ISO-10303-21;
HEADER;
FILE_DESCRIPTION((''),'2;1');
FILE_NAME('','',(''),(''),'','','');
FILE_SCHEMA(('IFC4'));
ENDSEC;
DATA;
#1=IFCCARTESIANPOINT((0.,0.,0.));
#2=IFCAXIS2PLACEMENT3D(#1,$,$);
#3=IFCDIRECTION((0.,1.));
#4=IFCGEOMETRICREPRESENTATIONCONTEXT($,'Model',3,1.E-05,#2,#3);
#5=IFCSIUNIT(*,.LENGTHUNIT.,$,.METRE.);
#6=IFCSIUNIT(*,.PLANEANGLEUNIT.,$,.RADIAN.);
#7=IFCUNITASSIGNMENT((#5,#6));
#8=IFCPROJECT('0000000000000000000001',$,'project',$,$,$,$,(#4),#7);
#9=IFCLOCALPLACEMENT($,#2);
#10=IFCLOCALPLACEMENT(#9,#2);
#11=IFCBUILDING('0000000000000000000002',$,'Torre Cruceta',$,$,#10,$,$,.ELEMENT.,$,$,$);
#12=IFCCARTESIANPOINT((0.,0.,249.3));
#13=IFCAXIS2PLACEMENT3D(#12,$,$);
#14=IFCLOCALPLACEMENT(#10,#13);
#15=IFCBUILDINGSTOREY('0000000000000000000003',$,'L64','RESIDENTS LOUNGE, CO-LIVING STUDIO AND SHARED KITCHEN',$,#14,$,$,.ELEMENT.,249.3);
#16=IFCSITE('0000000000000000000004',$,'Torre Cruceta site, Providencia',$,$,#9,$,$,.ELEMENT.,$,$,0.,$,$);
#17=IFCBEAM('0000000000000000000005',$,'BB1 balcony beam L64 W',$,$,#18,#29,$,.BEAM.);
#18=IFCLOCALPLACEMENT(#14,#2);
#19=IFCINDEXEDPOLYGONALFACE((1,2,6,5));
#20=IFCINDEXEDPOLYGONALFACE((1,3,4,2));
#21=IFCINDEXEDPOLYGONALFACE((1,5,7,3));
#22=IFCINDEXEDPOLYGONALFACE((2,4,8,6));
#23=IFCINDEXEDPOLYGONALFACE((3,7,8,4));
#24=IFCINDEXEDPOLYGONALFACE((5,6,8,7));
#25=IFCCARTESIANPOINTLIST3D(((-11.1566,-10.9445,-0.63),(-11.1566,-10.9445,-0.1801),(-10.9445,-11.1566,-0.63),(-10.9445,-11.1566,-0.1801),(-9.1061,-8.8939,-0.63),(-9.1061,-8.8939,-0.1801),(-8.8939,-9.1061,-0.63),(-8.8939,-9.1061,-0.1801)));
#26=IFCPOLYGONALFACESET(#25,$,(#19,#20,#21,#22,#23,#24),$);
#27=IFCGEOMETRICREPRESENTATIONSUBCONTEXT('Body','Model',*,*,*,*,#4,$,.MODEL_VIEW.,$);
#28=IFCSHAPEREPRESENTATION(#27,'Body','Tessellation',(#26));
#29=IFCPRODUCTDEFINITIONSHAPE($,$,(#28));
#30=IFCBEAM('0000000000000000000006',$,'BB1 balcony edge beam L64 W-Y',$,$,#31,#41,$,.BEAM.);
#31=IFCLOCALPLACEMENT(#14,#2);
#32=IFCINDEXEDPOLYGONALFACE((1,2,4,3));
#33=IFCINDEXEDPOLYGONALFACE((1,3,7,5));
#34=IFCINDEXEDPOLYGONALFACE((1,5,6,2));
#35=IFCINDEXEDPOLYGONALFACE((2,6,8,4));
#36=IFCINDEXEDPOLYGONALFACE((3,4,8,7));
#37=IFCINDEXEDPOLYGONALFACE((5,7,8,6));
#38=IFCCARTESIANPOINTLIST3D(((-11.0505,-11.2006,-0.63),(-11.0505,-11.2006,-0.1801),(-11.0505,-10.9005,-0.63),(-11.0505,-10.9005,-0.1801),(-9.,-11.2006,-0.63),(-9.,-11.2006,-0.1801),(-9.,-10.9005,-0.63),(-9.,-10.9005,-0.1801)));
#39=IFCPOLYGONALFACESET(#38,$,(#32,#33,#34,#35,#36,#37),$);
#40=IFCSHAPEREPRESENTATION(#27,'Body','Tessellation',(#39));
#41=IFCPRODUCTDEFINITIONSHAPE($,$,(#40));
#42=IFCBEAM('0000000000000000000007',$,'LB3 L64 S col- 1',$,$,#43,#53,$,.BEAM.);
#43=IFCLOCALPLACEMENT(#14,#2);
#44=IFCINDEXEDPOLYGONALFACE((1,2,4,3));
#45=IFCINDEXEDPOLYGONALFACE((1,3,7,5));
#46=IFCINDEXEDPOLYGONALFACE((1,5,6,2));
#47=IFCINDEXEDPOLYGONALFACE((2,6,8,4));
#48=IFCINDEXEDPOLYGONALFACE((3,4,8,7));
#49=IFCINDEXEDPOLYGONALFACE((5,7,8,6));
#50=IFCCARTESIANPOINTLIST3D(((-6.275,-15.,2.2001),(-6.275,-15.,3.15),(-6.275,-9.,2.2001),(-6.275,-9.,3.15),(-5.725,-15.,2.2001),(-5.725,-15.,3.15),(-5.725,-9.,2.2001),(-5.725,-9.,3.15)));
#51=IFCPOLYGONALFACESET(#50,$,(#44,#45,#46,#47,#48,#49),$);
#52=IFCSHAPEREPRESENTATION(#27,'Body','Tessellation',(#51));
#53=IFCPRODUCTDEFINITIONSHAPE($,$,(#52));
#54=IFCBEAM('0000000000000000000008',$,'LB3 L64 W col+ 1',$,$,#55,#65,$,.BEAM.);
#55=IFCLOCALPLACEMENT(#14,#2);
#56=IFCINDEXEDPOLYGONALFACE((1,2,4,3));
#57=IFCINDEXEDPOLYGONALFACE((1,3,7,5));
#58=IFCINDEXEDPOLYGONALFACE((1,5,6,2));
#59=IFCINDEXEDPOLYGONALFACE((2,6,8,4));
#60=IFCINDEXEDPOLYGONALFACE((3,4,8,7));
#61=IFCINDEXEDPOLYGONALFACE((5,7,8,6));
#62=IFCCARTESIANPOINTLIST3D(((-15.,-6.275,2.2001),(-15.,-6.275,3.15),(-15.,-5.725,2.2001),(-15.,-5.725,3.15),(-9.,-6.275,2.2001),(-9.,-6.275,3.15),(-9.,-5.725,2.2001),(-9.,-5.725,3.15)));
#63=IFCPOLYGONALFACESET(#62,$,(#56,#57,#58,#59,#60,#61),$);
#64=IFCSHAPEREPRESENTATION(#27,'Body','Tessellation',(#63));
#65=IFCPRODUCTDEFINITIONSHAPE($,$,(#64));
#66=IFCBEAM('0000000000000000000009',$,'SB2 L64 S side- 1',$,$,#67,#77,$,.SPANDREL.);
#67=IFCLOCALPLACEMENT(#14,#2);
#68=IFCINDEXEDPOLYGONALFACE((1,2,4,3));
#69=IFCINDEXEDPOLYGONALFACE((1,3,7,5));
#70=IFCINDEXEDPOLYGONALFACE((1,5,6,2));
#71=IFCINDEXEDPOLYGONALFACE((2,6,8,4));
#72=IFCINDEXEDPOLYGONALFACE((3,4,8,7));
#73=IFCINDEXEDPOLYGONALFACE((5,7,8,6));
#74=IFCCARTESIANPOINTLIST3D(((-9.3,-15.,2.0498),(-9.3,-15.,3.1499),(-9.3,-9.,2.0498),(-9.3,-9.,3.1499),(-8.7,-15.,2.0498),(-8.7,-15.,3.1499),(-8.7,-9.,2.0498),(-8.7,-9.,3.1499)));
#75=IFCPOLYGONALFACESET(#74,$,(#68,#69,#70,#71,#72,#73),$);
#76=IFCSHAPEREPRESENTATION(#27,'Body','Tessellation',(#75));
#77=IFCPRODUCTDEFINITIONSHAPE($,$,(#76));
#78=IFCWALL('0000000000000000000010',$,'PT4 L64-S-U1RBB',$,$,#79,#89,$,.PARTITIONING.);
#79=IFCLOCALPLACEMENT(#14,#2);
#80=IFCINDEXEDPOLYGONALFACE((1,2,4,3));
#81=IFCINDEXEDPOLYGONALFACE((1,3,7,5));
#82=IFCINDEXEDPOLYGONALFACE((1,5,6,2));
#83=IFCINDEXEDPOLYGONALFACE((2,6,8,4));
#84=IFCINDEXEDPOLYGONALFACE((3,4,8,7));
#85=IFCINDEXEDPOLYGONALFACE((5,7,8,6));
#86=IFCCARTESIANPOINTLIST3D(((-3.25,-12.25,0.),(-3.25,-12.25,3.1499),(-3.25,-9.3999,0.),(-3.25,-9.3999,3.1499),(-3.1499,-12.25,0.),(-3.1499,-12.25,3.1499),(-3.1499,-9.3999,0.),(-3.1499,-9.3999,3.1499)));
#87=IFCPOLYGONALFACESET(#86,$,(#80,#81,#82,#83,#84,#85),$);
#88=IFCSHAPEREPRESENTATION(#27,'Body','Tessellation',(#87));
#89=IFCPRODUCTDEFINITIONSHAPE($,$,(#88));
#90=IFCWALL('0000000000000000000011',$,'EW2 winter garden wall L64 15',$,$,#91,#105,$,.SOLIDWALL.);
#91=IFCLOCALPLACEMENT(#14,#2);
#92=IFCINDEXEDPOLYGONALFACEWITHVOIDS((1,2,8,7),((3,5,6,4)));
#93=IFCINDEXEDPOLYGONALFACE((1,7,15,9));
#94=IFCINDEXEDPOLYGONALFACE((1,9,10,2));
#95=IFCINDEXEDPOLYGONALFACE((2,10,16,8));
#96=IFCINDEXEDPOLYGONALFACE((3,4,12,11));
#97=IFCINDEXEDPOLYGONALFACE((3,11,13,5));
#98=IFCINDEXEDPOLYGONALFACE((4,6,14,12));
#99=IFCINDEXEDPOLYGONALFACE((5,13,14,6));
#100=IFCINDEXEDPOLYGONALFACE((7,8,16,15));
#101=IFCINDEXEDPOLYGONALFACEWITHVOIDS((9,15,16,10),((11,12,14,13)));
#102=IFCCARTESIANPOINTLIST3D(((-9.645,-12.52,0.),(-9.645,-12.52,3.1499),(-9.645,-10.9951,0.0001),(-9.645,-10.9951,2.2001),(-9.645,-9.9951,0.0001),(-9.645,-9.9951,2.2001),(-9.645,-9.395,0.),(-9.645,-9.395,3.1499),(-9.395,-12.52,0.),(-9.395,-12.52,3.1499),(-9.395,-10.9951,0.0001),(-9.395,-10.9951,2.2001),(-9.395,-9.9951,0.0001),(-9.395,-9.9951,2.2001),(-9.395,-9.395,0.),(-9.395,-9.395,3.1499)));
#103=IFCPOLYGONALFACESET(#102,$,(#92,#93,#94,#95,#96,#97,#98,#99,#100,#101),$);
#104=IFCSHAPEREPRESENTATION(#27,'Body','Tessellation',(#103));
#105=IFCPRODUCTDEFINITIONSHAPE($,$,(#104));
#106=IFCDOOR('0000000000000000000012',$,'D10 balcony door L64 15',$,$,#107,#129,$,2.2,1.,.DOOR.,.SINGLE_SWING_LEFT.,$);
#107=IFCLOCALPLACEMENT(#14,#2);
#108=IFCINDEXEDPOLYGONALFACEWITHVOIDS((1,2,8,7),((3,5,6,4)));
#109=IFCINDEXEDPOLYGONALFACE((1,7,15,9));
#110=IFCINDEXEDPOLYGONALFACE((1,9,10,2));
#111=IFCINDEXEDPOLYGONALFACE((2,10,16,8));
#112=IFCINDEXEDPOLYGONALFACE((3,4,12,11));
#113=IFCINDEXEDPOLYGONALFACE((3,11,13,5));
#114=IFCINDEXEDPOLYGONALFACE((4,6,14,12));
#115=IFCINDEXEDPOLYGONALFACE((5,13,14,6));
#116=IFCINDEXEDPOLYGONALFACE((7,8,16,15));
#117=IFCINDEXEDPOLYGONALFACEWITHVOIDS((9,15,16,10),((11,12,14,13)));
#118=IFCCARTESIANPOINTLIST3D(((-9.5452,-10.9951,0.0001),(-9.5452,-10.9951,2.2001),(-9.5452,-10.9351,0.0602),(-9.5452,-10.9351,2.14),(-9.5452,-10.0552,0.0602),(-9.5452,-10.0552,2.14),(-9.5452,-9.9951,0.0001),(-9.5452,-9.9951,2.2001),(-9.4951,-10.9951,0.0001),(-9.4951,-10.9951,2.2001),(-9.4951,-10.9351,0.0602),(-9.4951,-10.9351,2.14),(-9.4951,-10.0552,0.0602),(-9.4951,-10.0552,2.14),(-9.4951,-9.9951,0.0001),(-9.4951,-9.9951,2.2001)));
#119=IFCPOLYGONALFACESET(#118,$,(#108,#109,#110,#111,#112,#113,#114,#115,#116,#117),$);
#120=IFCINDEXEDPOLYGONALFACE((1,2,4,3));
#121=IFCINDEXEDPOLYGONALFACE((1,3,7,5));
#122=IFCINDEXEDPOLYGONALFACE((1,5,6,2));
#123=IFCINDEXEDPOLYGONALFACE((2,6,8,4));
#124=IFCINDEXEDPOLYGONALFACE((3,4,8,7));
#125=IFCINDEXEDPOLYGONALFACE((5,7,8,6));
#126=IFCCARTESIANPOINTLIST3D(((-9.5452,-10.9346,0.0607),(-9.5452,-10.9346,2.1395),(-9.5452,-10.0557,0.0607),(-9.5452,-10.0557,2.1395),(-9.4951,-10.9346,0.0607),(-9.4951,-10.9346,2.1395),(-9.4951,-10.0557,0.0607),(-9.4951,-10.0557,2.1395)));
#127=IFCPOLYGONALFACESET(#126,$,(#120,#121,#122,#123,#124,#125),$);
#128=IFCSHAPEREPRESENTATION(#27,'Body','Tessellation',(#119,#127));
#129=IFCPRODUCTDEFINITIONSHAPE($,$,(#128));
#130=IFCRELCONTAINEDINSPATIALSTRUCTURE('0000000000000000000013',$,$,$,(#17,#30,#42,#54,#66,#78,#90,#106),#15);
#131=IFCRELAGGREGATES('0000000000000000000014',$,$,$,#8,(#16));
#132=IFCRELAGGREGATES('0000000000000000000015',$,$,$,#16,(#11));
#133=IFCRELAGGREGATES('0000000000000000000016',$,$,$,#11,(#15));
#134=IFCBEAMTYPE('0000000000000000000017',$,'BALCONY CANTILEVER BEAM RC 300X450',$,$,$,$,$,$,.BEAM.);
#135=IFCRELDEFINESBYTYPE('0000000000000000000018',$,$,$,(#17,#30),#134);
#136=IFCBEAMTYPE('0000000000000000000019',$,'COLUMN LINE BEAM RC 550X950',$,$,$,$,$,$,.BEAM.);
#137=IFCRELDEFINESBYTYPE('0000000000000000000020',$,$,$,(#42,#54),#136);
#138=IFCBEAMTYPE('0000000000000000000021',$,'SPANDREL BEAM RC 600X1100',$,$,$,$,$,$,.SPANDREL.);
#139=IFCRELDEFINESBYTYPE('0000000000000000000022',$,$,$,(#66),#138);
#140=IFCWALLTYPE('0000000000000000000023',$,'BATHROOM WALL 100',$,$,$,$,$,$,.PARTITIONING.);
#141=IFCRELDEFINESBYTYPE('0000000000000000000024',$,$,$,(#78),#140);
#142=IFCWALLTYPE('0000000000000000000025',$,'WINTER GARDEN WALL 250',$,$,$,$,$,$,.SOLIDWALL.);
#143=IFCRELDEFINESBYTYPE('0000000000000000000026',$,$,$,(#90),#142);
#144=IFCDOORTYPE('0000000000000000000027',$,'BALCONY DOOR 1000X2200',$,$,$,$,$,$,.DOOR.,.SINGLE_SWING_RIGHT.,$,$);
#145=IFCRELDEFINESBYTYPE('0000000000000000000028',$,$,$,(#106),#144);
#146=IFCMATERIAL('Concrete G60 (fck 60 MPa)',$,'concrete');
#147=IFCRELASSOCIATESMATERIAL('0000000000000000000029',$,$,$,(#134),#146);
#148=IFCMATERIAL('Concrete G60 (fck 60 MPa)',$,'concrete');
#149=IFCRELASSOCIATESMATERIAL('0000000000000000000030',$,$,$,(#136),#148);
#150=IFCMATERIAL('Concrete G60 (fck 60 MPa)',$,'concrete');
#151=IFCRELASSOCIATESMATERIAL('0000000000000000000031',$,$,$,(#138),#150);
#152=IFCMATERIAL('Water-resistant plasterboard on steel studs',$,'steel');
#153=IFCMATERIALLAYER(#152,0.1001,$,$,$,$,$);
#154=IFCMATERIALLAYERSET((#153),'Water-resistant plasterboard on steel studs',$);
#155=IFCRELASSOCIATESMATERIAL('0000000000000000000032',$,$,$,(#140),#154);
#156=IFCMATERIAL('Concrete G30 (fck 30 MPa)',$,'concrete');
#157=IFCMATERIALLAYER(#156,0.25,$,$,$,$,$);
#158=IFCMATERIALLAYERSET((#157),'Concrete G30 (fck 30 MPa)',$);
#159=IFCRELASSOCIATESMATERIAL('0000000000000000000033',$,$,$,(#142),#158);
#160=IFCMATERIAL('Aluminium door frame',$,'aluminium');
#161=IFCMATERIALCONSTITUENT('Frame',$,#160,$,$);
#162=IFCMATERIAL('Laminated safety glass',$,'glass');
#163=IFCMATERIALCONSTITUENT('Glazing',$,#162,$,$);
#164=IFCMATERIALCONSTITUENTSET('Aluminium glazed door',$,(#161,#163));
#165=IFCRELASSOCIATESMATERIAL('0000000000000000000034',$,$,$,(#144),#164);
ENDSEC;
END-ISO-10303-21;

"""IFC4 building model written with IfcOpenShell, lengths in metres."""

from ifc_helpers import new_model, si_unit, direction, frame, frame_2d, origin, origin_2d, place, context, subcontext, project, spatial, rectangle, hollow_rectangle, extrude, material, layer, layer_set, constituent, constituent_set, material_profile, profile_set, type_object, element, fill, save


model = new_model("IFC4")

# Units and contexts
model_context = context("Model", 3, precision=1e-05, world=origin(), true_north=direction((0.0, 1.0)))
body_context = subcontext(model_context, "Body", "Model", "MODEL_VIEW")
ifc_project = project(units=[si_unit("LENGTHUNIT", "METRE"), si_unit("PLANEANGLEUNIT", "RADIAN")], contexts=[model_context])

# Site, building, storey
site_placement = place(None, origin())
site = spatial("IfcSite", under=ifc_project, at=site_placement, Name="Torre Cruceta site, Providencia", CompositionType="ELEMENT", RefElevation=0.0)
building_placement = place(site_placement, origin())
building = spatial("IfcBuilding", under=site, at=building_placement, Name="Torre Cruceta", CompositionType="ELEMENT")
storey_placement = place(building_placement, frame((0.0, 0.0, 249.3)))
storey = spatial("IfcBuildingStorey", under=building, at=storey_placement, Name="L64", Description="RESIDENTS LOUNGE, CO-LIVING STUDIO AND SHARED KITCHEN", CompositionType="ELEMENT", Elevation=249.3)

# Beams
ifc_material_1 = material(Name="Concrete G60 (fck 60 MPa)", Category="concrete")
ifc_material_profile_1 = material_profile(ifc_material_1, rectangle(XDim=0.3, YDim=0.45, at=origin_2d()), Name="RC 300X450")
ifc_profile_set_1 = profile_set([ifc_material_profile_1], Name="Concrete G60 (fck 60 MPa)")
beam_type_1 = type_object("IfcBeamType", Name="BALCONY CANTILEVER BEAM RC 300X450", PredefinedType="BEAM", material=ifc_profile_set_1)
beam_1_placement = place(storey_placement, frame((-9.0, -9.0, -0.405), z_axis=(-0.707107, -0.707107, 0.0), x_axis=(0.707107, -0.707107, 0.0)))
element("IfcBeam", 1, at=beam_1_placement, inside=storey, type_object=beam_type_1, Name="BB1 balcony beam L64 W", PredefinedType="BEAM", context=body_context, shape_type="SweptSolid", body=[
    extrude(rectangle(XDim=0.3, YDim=0.45, at=origin_2d()), origin(), (0.0, 0.0, 1.0), 2.8999),
])
beam_2_placement = place(storey_placement, frame((-9.0, -11.0505, -0.405), z_axis=(-1.0, 0.0, 0.0), x_axis=(0.0, -1.0, 0.0)))
element("IfcBeam", 2, at=beam_2_placement, inside=storey, type_object=beam_type_1, Name="BB1 balcony edge beam L64 W-Y", PredefinedType="BEAM", context=body_context, shape_type="SweptSolid", body=[
    extrude(rectangle(XDim=0.3, YDim=0.45, at=origin_2d()), origin(), (0.0, 0.0, 1.0), 2.0505),
])
ifc_material_2 = material(Name="Concrete G60 (fck 60 MPa)", Category="concrete")
ifc_material_profile_2 = material_profile(ifc_material_2, rectangle(XDim=0.55, YDim=0.95, at=origin_2d()), Name="RC 550X950")
ifc_profile_set_2 = profile_set([ifc_material_profile_2], Name="Concrete G60 (fck 60 MPa)")
beam_type_2 = type_object("IfcBeamType", Name="COLUMN LINE BEAM RC 550X950", PredefinedType="BEAM", material=ifc_profile_set_2)
for number, where, z_axis, x_axis, name in (
    (3, (-6.0, -9.0, 2.675), (0.0, -1.0, 0.0), (1.0, 0.0, 0.0), "LB3 L64 S col- 1"),
    (4, (-9.0, -6.0, 2.675), (-1.0, 0.0, 0.0), (0.0, -1.0, 0.0), "LB3 L64 W col+ 1"),
):
    element("IfcBeam", number, at=place(storey_placement, frame(where, z_axis=z_axis, x_axis=x_axis)), inside=storey, type_object=beam_type_2, Name=name, PredefinedType="BEAM", context=body_context, shape_type="SweptSolid", body=[
        extrude(rectangle(XDim=0.55, YDim=0.95, at=origin_2d()), origin(), (0.0, 0.0, 1.0), 6.0),
    ])
ifc_material_3 = material(Name="Concrete G60 (fck 60 MPa)", Category="concrete")
ifc_material_profile_3 = material_profile(ifc_material_3, rectangle(XDim=0.6001, YDim=1.1001, at=origin_2d()), Name="RC 600X1100")
ifc_profile_set_3 = profile_set([ifc_material_profile_3], Name="Concrete G60 (fck 60 MPa)")
beam_type_3 = type_object("IfcBeamType", Name="SPANDREL BEAM RC 600X1100", PredefinedType="SPANDREL", material=ifc_profile_set_3)
beam_3_placement = place(storey_placement, frame((-9.0, -9.0, 2.5999), z_axis=(0.0, -1.0, 0.0), x_axis=(1.0, 0.0, 0.0)))
element("IfcBeam", 5, at=beam_3_placement, inside=storey, type_object=beam_type_3, Name="SB2 L64 S side- 1", PredefinedType="SPANDREL", context=body_context, shape_type="SweptSolid", body=[
    extrude(rectangle(XDim=0.6001, YDim=1.1001, at=origin_2d()), origin(), (0.0, 0.0, 1.0), 6.0),
])

# Wall
ifc_material_4 = material(Name="Water-resistant plasterboard on steel studs", Category="steel")
ifc_layer_1 = layer(ifc_material_4, 0.1001)
ifc_layer_set_1 = layer_set([ifc_layer_1], Name="Water-resistant plasterboard on steel studs")
wall_type_1 = type_object("IfcWallType", Name="BATHROOM WALL 100", PredefinedType="PARTITIONING", material=ifc_layer_set_1)
wall_1_placement = place(storey_placement, frame((-3.2, -9.3999, 0.0), z_axis=(0.0, 0.0, 1.0), x_axis=(0.0, -1.0, 0.0)))
element("IfcWall", 6, at=wall_1_placement, inside=storey, type_object=wall_type_1, Name="PT4 L64-S-U1RBB", PredefinedType="PARTITIONING", context=body_context, shape_type="SweptSolid", body=[
    extrude(rectangle(XDim=2.8501, YDim=0.1001, at=frame_2d((1.425, 0.0))), origin(), (0.0, 0.0, 1.0), 3.1499),
])

# Wall, opening, door
ifc_material_5 = material(Name="Concrete G30 (fck 30 MPa)", Category="concrete")
ifc_layer_2 = layer(ifc_material_5, 0.25)
ifc_layer_set_2 = layer_set([ifc_layer_2], Name="Concrete G30 (fck 30 MPa)")
wall_type_2 = type_object("IfcWallType", Name="WINTER GARDEN WALL 250", PredefinedType="SOLIDWALL", material=ifc_layer_set_2)
wall_2_placement = place(storey_placement, frame((-9.52, -9.395, 0.0), z_axis=(0.0, 0.0, 1.0), x_axis=(0.0, -1.0, 0.0)))
wall_2 = element("IfcWall", 7, at=wall_2_placement, inside=storey, type_object=wall_type_2, Name="EW2 winter garden wall L64 15", PredefinedType="SOLIDWALL", context=body_context, shape_type="SweptSolid", body=[
    extrude(rectangle(XDim=3.125, YDim=0.25, at=frame_2d((1.5625, 0.0))), origin(), (0.0, 0.0, 1.0), 3.1499),
])
opening_1_placement = place(wall_2_placement, frame((0.6001, 0.0, 0.0)))
opening_1 = element("IfcOpeningElement", 8, at=opening_1_placement, cuts=wall_2, PredefinedType="OPENING", context=body_context, shape_type="SweptSolid", body=[
    extrude(rectangle(XDim=1.0, YDim=2.2, at=frame_2d((0.5, 1.1001))), frame((0.0, 0.135, 0.0), z_axis=(0.0, -1.0, 0.0), x_axis=(1.0, 0.0, 0.0)), (0.0, 0.0, 1.0), 0.27),
])
ifc_material_6 = material(Name="Aluminium door frame", Category="aluminium")
ifc_constituent_1 = constituent(ifc_material_6, Name="Frame")
ifc_material_7 = material(Name="Laminated safety glass", Category="glass")
ifc_constituent_2 = constituent(ifc_material_7, Name="Glazing")
ifc_constituent_set_1 = constituent_set(constituents=[ifc_constituent_1, ifc_constituent_2], Name="Aluminium glazed door")
door_type_1 = type_object("IfcDoorType", Name="BALCONY DOOR 1000X2200", OperationType="SINGLE_SWING_RIGHT", PredefinedType="DOOR", material=ifc_constituent_set_1)
door_1_placement = place(opening_1_placement, origin())
door_1 = element("IfcDoor", 9, at=door_1_placement, inside=storey, type_object=door_type_1, Name="D10 balcony door L64 15", OperationType="SINGLE_SWING_LEFT", OverallHeight=2.2, OverallWidth=1.0, PredefinedType="DOOR", context=body_context, shape_type="SweptSolid", body=[
    extrude(hollow_rectangle(XDim=1.0, YDim=2.2, WallThickness=0.0601, at=frame_2d((0.5, 1.1001))), frame((0.0, 0.0249, 0.0), z_axis=(0.0, -1.0, 0.0), x_axis=(1.0, 0.0, 0.0)), (0.0, 0.0, 1.0), 0.05),
    extrude(rectangle(XDim=0.8789, YDim=2.0789, at=frame_2d((0.5, 1.1001))), frame((0.0, 0.0249, 0.0), z_axis=(0.0, -1.0, 0.0), x_axis=(1.0, 0.0, 0.0)), (0.0, 0.0, 1.0), 0.05),
])
fill(opening_1, door_1)

save(model, "model.ifc")
